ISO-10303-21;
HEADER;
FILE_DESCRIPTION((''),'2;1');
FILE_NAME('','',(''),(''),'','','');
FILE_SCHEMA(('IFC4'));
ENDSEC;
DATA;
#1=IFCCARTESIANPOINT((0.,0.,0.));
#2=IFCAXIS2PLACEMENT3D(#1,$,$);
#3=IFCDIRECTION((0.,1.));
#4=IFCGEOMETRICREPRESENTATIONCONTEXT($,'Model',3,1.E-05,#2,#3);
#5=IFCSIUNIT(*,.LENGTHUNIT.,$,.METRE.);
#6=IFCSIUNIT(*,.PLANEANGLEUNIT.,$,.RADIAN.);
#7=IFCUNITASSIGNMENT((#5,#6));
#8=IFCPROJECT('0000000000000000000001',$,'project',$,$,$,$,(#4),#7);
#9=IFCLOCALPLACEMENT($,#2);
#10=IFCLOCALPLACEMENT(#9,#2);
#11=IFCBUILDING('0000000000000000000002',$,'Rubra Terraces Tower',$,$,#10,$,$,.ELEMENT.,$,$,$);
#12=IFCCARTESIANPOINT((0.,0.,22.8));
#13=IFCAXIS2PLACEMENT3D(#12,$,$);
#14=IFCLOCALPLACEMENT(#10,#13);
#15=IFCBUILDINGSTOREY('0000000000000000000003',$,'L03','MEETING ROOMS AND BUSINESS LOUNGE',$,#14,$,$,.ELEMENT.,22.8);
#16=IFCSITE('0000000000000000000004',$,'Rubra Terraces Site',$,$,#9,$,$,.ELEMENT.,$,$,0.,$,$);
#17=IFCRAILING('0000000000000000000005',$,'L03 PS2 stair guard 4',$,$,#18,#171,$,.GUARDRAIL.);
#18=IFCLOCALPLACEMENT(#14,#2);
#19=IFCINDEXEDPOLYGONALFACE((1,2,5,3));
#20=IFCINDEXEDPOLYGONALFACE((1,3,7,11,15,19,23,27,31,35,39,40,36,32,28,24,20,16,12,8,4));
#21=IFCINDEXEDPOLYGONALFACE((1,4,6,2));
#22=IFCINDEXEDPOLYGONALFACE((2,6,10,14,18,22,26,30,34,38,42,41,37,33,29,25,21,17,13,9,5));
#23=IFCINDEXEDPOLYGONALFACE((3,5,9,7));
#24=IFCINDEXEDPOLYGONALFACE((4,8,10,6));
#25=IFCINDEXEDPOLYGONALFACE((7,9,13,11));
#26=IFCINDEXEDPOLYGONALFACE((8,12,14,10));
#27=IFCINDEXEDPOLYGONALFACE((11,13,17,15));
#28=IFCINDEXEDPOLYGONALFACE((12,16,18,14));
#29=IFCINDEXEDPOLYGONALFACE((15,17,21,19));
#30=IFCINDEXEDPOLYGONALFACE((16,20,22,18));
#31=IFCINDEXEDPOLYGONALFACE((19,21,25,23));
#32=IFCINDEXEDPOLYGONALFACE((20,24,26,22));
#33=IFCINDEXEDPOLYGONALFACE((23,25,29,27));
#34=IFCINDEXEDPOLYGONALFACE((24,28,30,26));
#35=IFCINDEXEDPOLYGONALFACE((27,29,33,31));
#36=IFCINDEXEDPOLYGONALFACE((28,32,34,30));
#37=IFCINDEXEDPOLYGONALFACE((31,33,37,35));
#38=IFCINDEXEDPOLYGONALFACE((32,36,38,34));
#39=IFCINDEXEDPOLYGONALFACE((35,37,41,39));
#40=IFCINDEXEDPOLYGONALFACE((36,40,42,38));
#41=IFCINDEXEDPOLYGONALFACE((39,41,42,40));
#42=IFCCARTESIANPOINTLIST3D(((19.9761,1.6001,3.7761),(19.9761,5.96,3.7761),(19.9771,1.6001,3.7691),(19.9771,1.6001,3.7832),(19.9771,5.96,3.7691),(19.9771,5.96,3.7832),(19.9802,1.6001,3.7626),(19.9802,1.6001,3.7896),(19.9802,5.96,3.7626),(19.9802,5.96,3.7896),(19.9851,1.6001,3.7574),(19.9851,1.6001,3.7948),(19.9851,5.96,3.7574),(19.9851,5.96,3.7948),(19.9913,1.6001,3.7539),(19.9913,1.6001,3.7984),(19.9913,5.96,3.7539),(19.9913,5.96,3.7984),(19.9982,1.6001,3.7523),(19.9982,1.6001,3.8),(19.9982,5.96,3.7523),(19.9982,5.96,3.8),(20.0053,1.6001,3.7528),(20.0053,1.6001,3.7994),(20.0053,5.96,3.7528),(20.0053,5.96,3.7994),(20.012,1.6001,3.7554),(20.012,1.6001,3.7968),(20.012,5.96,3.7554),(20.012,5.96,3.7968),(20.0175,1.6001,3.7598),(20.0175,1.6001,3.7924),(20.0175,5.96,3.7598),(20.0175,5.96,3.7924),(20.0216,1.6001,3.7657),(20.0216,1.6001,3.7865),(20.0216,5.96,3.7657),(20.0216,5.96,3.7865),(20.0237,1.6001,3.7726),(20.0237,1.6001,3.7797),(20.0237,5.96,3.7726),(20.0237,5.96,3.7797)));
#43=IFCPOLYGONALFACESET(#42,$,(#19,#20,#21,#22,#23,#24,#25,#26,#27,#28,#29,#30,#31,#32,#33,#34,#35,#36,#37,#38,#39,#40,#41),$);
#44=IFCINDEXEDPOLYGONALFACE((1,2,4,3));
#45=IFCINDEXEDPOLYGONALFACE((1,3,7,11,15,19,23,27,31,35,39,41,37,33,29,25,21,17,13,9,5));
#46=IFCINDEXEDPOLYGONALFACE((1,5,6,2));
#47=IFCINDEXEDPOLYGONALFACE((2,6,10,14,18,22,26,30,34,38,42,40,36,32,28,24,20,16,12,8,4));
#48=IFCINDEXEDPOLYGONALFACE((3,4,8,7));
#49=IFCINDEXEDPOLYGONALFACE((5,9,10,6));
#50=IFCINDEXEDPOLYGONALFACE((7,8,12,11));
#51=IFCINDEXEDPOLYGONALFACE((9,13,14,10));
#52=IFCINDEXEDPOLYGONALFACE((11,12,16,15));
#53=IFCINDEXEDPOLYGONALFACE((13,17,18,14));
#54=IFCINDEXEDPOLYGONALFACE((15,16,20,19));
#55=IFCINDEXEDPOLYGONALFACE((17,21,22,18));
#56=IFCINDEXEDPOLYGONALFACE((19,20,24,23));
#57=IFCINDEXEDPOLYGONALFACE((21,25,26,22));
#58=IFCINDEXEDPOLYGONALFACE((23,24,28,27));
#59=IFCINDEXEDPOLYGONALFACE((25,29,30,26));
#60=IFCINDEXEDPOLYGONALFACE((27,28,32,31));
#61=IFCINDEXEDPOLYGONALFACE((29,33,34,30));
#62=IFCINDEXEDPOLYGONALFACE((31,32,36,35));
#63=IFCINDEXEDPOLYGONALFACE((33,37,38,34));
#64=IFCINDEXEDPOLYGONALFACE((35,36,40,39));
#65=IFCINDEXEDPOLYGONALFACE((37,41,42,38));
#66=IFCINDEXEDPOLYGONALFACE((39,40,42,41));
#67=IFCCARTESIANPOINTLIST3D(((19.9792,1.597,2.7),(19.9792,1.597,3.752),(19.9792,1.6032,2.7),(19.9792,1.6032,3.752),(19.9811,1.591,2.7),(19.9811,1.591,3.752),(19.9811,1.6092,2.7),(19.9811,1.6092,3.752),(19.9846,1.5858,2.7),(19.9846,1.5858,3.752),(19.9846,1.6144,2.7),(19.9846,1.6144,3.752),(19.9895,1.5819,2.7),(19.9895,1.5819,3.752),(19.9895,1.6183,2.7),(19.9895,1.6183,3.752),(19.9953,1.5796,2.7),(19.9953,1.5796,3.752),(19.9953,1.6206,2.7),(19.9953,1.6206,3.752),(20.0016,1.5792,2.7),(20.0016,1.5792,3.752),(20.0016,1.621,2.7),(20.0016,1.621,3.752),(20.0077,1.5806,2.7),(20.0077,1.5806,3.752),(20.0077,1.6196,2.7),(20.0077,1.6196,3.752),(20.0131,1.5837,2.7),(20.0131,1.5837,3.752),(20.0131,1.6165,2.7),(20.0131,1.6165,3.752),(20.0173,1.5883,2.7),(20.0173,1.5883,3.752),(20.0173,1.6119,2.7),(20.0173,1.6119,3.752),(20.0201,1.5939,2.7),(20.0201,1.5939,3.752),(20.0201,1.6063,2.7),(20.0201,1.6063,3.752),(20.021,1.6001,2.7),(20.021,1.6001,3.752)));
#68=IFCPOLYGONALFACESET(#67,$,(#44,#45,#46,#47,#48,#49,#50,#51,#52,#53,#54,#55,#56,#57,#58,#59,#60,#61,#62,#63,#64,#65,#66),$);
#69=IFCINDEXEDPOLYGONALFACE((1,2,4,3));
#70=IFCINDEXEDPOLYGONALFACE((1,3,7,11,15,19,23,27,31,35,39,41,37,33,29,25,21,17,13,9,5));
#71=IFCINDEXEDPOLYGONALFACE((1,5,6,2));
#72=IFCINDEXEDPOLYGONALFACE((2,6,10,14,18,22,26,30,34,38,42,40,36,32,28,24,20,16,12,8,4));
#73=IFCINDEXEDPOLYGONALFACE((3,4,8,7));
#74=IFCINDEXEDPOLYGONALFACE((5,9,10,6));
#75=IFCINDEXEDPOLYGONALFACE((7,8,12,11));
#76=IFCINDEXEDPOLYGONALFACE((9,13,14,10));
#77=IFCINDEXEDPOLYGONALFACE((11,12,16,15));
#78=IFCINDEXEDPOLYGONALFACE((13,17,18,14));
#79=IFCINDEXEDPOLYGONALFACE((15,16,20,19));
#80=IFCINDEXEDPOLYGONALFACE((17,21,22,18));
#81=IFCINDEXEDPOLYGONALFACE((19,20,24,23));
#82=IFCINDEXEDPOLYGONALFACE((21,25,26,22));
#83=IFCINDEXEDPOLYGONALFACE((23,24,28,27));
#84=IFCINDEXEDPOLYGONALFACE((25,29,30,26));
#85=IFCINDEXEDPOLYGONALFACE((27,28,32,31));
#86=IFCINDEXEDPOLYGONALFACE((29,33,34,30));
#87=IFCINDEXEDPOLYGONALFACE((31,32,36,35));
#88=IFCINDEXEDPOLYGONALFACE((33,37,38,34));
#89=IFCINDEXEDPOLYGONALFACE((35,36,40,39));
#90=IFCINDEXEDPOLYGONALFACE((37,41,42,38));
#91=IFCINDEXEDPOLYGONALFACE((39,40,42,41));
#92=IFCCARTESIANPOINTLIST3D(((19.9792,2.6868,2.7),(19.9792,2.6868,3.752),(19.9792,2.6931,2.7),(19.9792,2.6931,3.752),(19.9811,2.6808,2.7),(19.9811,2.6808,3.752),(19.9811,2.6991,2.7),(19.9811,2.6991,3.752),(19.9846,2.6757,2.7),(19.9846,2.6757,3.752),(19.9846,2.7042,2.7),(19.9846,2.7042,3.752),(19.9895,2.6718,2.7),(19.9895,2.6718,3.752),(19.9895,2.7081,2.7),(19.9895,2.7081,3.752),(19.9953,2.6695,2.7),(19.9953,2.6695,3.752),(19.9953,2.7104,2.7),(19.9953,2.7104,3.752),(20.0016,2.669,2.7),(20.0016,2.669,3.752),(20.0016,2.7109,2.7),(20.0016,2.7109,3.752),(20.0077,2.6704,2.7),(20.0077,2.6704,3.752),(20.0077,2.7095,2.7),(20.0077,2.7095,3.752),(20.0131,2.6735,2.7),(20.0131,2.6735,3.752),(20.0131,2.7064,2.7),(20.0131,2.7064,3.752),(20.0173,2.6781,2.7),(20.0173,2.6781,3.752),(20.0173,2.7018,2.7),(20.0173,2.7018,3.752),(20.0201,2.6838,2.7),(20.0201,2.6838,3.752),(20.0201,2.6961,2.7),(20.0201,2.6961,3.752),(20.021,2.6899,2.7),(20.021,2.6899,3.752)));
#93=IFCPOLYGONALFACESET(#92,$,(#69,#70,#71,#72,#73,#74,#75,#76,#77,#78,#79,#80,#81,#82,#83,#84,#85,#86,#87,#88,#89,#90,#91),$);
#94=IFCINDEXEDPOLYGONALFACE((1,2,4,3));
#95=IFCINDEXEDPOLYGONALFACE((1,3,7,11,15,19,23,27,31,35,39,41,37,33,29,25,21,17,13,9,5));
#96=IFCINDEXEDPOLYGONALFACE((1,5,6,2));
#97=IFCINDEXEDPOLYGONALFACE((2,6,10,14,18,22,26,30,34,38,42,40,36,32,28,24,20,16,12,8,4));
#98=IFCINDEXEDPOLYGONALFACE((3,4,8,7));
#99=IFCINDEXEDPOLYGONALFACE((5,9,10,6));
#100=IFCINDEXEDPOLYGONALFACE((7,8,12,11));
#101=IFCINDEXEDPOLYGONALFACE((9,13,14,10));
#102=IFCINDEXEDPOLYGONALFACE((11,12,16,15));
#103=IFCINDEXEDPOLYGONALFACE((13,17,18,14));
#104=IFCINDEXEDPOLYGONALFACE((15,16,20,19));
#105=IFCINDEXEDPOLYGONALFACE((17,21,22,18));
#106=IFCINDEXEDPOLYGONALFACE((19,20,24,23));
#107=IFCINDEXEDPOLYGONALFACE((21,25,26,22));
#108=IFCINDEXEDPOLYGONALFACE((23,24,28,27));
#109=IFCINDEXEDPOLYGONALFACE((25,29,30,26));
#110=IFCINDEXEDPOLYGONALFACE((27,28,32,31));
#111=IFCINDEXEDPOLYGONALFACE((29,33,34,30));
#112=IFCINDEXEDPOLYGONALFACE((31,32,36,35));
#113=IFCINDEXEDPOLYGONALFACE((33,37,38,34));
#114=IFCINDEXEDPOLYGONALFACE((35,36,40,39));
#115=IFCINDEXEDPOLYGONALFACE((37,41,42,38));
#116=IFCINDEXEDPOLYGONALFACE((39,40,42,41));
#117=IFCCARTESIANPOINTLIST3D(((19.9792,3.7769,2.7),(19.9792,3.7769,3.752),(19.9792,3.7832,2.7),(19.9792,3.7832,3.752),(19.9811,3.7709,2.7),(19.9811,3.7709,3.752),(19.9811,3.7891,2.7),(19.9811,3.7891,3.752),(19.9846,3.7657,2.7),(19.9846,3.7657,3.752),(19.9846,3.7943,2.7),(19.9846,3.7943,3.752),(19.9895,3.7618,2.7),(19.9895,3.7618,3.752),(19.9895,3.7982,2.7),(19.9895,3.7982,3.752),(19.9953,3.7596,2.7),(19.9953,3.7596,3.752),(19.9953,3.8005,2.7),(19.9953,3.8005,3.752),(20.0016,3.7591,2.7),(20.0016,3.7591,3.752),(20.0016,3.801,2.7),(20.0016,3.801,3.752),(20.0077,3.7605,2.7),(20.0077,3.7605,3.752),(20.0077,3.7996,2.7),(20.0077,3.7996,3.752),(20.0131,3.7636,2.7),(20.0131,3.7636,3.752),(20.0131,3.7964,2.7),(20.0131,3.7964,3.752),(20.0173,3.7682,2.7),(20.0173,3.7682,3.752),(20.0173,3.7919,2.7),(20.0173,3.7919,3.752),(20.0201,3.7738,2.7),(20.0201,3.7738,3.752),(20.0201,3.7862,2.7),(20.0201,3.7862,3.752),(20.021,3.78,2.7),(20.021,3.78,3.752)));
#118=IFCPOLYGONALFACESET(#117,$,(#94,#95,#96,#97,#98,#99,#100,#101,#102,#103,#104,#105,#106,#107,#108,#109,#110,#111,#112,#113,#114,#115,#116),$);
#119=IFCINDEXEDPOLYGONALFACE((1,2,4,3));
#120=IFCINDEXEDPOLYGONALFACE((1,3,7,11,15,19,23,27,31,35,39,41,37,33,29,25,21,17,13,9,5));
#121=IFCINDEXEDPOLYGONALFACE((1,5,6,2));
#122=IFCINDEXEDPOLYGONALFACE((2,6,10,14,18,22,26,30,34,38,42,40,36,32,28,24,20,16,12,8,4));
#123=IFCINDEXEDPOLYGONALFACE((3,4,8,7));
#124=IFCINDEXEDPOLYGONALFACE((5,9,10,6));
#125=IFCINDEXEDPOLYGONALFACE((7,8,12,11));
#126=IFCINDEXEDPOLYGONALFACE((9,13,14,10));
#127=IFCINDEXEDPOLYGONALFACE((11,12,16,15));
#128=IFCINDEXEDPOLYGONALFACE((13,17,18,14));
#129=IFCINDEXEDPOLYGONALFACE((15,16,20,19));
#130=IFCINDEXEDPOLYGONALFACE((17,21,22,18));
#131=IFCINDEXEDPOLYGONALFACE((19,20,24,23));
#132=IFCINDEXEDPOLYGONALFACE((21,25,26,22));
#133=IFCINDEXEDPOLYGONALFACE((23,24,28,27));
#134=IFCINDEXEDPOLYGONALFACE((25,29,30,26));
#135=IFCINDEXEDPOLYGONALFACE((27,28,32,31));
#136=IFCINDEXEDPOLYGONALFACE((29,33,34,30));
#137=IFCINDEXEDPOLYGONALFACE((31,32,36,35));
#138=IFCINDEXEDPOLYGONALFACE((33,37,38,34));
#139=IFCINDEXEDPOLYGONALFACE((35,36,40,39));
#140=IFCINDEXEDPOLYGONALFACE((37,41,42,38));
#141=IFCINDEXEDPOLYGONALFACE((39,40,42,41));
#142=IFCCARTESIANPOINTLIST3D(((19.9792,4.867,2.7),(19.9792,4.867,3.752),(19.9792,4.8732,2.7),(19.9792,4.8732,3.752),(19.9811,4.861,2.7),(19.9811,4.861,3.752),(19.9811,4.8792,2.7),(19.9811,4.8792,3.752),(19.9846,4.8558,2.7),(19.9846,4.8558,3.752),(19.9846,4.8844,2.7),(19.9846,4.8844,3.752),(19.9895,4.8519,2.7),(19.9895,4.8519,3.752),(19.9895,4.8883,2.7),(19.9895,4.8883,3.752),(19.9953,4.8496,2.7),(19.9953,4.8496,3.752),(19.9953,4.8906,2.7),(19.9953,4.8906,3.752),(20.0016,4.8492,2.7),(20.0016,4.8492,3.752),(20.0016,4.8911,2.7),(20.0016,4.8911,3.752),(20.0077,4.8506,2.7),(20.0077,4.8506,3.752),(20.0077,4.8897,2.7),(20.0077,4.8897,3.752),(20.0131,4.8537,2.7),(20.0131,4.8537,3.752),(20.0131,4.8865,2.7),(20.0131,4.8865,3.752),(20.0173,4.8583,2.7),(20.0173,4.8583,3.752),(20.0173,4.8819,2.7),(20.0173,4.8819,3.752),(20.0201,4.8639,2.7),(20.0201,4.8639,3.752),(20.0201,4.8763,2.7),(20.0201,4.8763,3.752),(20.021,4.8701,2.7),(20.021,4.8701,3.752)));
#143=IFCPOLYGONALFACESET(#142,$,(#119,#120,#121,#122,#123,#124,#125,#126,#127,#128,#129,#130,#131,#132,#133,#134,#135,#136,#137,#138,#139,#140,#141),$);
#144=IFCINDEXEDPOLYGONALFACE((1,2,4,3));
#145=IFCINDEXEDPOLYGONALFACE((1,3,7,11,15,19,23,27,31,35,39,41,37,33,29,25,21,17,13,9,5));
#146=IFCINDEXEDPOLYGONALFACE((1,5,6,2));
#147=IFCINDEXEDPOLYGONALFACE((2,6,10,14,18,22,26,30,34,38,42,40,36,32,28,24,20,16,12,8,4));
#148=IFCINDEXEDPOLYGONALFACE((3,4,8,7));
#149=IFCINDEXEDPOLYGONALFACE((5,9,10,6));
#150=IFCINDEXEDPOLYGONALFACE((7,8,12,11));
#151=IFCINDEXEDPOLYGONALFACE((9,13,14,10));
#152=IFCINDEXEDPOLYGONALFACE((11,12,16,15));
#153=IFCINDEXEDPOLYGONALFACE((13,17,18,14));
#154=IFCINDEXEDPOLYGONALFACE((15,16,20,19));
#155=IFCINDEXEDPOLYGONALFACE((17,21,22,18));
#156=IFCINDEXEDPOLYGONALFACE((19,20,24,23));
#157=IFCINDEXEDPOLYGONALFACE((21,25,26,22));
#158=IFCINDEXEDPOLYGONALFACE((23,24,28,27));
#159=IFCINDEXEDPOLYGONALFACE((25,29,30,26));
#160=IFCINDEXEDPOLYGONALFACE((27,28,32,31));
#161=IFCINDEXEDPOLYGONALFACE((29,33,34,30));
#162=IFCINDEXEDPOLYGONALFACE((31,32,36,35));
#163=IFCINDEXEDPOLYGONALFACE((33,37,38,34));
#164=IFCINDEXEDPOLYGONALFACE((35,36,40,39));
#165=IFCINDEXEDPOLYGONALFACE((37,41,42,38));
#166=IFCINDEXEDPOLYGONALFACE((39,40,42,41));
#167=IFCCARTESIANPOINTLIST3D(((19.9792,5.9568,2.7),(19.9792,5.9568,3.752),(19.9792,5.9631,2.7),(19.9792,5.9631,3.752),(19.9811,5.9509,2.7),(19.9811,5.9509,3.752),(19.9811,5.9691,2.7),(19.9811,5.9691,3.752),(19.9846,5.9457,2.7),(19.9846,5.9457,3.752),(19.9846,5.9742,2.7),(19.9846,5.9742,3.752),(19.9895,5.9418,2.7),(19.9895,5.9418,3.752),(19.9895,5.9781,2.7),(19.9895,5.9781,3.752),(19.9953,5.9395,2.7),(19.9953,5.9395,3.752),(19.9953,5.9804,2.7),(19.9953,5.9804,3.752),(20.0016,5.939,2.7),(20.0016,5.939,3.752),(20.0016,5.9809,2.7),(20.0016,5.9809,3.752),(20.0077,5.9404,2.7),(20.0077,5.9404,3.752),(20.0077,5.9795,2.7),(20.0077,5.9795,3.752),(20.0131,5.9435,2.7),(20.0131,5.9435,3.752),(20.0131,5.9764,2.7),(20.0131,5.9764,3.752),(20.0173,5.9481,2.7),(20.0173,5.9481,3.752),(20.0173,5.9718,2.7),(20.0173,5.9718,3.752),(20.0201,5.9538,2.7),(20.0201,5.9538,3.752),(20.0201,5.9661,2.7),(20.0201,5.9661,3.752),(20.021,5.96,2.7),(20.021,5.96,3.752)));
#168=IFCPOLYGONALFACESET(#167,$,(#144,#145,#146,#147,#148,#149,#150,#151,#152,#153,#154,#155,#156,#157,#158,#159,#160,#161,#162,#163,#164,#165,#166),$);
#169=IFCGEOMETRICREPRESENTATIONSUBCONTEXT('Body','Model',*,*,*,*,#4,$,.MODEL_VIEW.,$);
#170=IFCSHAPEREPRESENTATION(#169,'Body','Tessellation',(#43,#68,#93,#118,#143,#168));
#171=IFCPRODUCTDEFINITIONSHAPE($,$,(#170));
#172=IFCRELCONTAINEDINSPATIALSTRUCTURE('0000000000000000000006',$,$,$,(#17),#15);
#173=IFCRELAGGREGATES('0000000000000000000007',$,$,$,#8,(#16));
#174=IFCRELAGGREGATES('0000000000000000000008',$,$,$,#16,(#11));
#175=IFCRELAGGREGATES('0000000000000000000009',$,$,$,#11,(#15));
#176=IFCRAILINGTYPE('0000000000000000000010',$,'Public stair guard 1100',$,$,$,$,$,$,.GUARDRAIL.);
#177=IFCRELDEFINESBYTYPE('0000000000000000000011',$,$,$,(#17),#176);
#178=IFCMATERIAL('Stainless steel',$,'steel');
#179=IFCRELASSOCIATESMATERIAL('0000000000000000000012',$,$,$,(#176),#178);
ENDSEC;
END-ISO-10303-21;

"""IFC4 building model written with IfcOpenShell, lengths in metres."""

from ifc_helpers import new_model, si_unit, direction, frame, origin, origin_2d, place, context, subcontext, project, spatial, circle, extrude, material, type_object, element, save


model = new_model("IFC4")

# Units and contexts
model_context = context("Model", 3, precision=1e-05, world=origin(), true_north=direction((0.0, 1.0)))
body_context = subcontext(model_context, "Body", "Model", "MODEL_VIEW")
ifc_project = project(units=[si_unit("LENGTHUNIT", "METRE"), si_unit("PLANEANGLEUNIT", "RADIAN")], contexts=[model_context])

# Site, building, storey
site_placement = place(None, origin())
site = spatial("IfcSite", under=ifc_project, at=site_placement, Name="Rubra Terraces Site", CompositionType="ELEMENT", RefElevation=0.0)
building_placement = place(site_placement, origin())
building = spatial("IfcBuilding", under=site, at=building_placement, Name="Rubra Terraces Tower", CompositionType="ELEMENT")
storey_placement = place(building_placement, frame((0.0, 0.0, 22.8)))
storey = spatial("IfcBuildingStorey", under=building, at=storey_placement, Name="L03", Description="MEETING ROOMS AND BUSINESS LOUNGE", CompositionType="ELEMENT", Elevation=22.8)

# Railing
ifc_material_1 = material(Name="Stainless steel", Category="steel")
railing_type_1 = type_object("IfcRailingType", Name="Public stair guard 1100", PredefinedType="GUARDRAIL", material=ifc_material_1)
for number, where, name in (
    (1, (20.0, 1.6001, 2.7), "L03 PS2 stair guard 4"),
):
    element("IfcRailing", number, at=place(storey_placement, frame(where)), inside=storey, type_object=railing_type_1, Name=name, PredefinedType="GUARDRAIL", context=body_context, shape_type="SweptSolid", body=[
        extrude(circle(Radius=0.0239, at=origin_2d()), frame((0.0, 0.0, 1.0762), z_axis=(0.0, 1.0, 0.0), x_axis=(-1.0, 0.0, 0.0)), (0.0, 0.0, 1.0), 4.3599),
        extrude(circle(Radius=0.021, at=origin_2d()), origin(), (0.0, 0.0, 1.0), 1.052),
        extrude(circle(Radius=0.021, at=origin_2d()), frame((0.0, 1.0898, 0.0)), (0.0, 0.0, 1.0), 1.052),
        extrude(circle(Radius=0.021, at=origin_2d()), frame((0.0, 2.1799, 0.0)), (0.0, 0.0, 1.0), 1.052),
        extrude(circle(Radius=0.021, at=origin_2d()), frame((0.0, 3.27, 0.0)), (0.0, 0.0, 1.0), 1.052),
        extrude(circle(Radius=0.021, at=origin_2d()), frame((0.0, 4.3599, 0.0)), (0.0, 0.0, 1.0), 1.052),
    ])

save(model, "model.ifc")
